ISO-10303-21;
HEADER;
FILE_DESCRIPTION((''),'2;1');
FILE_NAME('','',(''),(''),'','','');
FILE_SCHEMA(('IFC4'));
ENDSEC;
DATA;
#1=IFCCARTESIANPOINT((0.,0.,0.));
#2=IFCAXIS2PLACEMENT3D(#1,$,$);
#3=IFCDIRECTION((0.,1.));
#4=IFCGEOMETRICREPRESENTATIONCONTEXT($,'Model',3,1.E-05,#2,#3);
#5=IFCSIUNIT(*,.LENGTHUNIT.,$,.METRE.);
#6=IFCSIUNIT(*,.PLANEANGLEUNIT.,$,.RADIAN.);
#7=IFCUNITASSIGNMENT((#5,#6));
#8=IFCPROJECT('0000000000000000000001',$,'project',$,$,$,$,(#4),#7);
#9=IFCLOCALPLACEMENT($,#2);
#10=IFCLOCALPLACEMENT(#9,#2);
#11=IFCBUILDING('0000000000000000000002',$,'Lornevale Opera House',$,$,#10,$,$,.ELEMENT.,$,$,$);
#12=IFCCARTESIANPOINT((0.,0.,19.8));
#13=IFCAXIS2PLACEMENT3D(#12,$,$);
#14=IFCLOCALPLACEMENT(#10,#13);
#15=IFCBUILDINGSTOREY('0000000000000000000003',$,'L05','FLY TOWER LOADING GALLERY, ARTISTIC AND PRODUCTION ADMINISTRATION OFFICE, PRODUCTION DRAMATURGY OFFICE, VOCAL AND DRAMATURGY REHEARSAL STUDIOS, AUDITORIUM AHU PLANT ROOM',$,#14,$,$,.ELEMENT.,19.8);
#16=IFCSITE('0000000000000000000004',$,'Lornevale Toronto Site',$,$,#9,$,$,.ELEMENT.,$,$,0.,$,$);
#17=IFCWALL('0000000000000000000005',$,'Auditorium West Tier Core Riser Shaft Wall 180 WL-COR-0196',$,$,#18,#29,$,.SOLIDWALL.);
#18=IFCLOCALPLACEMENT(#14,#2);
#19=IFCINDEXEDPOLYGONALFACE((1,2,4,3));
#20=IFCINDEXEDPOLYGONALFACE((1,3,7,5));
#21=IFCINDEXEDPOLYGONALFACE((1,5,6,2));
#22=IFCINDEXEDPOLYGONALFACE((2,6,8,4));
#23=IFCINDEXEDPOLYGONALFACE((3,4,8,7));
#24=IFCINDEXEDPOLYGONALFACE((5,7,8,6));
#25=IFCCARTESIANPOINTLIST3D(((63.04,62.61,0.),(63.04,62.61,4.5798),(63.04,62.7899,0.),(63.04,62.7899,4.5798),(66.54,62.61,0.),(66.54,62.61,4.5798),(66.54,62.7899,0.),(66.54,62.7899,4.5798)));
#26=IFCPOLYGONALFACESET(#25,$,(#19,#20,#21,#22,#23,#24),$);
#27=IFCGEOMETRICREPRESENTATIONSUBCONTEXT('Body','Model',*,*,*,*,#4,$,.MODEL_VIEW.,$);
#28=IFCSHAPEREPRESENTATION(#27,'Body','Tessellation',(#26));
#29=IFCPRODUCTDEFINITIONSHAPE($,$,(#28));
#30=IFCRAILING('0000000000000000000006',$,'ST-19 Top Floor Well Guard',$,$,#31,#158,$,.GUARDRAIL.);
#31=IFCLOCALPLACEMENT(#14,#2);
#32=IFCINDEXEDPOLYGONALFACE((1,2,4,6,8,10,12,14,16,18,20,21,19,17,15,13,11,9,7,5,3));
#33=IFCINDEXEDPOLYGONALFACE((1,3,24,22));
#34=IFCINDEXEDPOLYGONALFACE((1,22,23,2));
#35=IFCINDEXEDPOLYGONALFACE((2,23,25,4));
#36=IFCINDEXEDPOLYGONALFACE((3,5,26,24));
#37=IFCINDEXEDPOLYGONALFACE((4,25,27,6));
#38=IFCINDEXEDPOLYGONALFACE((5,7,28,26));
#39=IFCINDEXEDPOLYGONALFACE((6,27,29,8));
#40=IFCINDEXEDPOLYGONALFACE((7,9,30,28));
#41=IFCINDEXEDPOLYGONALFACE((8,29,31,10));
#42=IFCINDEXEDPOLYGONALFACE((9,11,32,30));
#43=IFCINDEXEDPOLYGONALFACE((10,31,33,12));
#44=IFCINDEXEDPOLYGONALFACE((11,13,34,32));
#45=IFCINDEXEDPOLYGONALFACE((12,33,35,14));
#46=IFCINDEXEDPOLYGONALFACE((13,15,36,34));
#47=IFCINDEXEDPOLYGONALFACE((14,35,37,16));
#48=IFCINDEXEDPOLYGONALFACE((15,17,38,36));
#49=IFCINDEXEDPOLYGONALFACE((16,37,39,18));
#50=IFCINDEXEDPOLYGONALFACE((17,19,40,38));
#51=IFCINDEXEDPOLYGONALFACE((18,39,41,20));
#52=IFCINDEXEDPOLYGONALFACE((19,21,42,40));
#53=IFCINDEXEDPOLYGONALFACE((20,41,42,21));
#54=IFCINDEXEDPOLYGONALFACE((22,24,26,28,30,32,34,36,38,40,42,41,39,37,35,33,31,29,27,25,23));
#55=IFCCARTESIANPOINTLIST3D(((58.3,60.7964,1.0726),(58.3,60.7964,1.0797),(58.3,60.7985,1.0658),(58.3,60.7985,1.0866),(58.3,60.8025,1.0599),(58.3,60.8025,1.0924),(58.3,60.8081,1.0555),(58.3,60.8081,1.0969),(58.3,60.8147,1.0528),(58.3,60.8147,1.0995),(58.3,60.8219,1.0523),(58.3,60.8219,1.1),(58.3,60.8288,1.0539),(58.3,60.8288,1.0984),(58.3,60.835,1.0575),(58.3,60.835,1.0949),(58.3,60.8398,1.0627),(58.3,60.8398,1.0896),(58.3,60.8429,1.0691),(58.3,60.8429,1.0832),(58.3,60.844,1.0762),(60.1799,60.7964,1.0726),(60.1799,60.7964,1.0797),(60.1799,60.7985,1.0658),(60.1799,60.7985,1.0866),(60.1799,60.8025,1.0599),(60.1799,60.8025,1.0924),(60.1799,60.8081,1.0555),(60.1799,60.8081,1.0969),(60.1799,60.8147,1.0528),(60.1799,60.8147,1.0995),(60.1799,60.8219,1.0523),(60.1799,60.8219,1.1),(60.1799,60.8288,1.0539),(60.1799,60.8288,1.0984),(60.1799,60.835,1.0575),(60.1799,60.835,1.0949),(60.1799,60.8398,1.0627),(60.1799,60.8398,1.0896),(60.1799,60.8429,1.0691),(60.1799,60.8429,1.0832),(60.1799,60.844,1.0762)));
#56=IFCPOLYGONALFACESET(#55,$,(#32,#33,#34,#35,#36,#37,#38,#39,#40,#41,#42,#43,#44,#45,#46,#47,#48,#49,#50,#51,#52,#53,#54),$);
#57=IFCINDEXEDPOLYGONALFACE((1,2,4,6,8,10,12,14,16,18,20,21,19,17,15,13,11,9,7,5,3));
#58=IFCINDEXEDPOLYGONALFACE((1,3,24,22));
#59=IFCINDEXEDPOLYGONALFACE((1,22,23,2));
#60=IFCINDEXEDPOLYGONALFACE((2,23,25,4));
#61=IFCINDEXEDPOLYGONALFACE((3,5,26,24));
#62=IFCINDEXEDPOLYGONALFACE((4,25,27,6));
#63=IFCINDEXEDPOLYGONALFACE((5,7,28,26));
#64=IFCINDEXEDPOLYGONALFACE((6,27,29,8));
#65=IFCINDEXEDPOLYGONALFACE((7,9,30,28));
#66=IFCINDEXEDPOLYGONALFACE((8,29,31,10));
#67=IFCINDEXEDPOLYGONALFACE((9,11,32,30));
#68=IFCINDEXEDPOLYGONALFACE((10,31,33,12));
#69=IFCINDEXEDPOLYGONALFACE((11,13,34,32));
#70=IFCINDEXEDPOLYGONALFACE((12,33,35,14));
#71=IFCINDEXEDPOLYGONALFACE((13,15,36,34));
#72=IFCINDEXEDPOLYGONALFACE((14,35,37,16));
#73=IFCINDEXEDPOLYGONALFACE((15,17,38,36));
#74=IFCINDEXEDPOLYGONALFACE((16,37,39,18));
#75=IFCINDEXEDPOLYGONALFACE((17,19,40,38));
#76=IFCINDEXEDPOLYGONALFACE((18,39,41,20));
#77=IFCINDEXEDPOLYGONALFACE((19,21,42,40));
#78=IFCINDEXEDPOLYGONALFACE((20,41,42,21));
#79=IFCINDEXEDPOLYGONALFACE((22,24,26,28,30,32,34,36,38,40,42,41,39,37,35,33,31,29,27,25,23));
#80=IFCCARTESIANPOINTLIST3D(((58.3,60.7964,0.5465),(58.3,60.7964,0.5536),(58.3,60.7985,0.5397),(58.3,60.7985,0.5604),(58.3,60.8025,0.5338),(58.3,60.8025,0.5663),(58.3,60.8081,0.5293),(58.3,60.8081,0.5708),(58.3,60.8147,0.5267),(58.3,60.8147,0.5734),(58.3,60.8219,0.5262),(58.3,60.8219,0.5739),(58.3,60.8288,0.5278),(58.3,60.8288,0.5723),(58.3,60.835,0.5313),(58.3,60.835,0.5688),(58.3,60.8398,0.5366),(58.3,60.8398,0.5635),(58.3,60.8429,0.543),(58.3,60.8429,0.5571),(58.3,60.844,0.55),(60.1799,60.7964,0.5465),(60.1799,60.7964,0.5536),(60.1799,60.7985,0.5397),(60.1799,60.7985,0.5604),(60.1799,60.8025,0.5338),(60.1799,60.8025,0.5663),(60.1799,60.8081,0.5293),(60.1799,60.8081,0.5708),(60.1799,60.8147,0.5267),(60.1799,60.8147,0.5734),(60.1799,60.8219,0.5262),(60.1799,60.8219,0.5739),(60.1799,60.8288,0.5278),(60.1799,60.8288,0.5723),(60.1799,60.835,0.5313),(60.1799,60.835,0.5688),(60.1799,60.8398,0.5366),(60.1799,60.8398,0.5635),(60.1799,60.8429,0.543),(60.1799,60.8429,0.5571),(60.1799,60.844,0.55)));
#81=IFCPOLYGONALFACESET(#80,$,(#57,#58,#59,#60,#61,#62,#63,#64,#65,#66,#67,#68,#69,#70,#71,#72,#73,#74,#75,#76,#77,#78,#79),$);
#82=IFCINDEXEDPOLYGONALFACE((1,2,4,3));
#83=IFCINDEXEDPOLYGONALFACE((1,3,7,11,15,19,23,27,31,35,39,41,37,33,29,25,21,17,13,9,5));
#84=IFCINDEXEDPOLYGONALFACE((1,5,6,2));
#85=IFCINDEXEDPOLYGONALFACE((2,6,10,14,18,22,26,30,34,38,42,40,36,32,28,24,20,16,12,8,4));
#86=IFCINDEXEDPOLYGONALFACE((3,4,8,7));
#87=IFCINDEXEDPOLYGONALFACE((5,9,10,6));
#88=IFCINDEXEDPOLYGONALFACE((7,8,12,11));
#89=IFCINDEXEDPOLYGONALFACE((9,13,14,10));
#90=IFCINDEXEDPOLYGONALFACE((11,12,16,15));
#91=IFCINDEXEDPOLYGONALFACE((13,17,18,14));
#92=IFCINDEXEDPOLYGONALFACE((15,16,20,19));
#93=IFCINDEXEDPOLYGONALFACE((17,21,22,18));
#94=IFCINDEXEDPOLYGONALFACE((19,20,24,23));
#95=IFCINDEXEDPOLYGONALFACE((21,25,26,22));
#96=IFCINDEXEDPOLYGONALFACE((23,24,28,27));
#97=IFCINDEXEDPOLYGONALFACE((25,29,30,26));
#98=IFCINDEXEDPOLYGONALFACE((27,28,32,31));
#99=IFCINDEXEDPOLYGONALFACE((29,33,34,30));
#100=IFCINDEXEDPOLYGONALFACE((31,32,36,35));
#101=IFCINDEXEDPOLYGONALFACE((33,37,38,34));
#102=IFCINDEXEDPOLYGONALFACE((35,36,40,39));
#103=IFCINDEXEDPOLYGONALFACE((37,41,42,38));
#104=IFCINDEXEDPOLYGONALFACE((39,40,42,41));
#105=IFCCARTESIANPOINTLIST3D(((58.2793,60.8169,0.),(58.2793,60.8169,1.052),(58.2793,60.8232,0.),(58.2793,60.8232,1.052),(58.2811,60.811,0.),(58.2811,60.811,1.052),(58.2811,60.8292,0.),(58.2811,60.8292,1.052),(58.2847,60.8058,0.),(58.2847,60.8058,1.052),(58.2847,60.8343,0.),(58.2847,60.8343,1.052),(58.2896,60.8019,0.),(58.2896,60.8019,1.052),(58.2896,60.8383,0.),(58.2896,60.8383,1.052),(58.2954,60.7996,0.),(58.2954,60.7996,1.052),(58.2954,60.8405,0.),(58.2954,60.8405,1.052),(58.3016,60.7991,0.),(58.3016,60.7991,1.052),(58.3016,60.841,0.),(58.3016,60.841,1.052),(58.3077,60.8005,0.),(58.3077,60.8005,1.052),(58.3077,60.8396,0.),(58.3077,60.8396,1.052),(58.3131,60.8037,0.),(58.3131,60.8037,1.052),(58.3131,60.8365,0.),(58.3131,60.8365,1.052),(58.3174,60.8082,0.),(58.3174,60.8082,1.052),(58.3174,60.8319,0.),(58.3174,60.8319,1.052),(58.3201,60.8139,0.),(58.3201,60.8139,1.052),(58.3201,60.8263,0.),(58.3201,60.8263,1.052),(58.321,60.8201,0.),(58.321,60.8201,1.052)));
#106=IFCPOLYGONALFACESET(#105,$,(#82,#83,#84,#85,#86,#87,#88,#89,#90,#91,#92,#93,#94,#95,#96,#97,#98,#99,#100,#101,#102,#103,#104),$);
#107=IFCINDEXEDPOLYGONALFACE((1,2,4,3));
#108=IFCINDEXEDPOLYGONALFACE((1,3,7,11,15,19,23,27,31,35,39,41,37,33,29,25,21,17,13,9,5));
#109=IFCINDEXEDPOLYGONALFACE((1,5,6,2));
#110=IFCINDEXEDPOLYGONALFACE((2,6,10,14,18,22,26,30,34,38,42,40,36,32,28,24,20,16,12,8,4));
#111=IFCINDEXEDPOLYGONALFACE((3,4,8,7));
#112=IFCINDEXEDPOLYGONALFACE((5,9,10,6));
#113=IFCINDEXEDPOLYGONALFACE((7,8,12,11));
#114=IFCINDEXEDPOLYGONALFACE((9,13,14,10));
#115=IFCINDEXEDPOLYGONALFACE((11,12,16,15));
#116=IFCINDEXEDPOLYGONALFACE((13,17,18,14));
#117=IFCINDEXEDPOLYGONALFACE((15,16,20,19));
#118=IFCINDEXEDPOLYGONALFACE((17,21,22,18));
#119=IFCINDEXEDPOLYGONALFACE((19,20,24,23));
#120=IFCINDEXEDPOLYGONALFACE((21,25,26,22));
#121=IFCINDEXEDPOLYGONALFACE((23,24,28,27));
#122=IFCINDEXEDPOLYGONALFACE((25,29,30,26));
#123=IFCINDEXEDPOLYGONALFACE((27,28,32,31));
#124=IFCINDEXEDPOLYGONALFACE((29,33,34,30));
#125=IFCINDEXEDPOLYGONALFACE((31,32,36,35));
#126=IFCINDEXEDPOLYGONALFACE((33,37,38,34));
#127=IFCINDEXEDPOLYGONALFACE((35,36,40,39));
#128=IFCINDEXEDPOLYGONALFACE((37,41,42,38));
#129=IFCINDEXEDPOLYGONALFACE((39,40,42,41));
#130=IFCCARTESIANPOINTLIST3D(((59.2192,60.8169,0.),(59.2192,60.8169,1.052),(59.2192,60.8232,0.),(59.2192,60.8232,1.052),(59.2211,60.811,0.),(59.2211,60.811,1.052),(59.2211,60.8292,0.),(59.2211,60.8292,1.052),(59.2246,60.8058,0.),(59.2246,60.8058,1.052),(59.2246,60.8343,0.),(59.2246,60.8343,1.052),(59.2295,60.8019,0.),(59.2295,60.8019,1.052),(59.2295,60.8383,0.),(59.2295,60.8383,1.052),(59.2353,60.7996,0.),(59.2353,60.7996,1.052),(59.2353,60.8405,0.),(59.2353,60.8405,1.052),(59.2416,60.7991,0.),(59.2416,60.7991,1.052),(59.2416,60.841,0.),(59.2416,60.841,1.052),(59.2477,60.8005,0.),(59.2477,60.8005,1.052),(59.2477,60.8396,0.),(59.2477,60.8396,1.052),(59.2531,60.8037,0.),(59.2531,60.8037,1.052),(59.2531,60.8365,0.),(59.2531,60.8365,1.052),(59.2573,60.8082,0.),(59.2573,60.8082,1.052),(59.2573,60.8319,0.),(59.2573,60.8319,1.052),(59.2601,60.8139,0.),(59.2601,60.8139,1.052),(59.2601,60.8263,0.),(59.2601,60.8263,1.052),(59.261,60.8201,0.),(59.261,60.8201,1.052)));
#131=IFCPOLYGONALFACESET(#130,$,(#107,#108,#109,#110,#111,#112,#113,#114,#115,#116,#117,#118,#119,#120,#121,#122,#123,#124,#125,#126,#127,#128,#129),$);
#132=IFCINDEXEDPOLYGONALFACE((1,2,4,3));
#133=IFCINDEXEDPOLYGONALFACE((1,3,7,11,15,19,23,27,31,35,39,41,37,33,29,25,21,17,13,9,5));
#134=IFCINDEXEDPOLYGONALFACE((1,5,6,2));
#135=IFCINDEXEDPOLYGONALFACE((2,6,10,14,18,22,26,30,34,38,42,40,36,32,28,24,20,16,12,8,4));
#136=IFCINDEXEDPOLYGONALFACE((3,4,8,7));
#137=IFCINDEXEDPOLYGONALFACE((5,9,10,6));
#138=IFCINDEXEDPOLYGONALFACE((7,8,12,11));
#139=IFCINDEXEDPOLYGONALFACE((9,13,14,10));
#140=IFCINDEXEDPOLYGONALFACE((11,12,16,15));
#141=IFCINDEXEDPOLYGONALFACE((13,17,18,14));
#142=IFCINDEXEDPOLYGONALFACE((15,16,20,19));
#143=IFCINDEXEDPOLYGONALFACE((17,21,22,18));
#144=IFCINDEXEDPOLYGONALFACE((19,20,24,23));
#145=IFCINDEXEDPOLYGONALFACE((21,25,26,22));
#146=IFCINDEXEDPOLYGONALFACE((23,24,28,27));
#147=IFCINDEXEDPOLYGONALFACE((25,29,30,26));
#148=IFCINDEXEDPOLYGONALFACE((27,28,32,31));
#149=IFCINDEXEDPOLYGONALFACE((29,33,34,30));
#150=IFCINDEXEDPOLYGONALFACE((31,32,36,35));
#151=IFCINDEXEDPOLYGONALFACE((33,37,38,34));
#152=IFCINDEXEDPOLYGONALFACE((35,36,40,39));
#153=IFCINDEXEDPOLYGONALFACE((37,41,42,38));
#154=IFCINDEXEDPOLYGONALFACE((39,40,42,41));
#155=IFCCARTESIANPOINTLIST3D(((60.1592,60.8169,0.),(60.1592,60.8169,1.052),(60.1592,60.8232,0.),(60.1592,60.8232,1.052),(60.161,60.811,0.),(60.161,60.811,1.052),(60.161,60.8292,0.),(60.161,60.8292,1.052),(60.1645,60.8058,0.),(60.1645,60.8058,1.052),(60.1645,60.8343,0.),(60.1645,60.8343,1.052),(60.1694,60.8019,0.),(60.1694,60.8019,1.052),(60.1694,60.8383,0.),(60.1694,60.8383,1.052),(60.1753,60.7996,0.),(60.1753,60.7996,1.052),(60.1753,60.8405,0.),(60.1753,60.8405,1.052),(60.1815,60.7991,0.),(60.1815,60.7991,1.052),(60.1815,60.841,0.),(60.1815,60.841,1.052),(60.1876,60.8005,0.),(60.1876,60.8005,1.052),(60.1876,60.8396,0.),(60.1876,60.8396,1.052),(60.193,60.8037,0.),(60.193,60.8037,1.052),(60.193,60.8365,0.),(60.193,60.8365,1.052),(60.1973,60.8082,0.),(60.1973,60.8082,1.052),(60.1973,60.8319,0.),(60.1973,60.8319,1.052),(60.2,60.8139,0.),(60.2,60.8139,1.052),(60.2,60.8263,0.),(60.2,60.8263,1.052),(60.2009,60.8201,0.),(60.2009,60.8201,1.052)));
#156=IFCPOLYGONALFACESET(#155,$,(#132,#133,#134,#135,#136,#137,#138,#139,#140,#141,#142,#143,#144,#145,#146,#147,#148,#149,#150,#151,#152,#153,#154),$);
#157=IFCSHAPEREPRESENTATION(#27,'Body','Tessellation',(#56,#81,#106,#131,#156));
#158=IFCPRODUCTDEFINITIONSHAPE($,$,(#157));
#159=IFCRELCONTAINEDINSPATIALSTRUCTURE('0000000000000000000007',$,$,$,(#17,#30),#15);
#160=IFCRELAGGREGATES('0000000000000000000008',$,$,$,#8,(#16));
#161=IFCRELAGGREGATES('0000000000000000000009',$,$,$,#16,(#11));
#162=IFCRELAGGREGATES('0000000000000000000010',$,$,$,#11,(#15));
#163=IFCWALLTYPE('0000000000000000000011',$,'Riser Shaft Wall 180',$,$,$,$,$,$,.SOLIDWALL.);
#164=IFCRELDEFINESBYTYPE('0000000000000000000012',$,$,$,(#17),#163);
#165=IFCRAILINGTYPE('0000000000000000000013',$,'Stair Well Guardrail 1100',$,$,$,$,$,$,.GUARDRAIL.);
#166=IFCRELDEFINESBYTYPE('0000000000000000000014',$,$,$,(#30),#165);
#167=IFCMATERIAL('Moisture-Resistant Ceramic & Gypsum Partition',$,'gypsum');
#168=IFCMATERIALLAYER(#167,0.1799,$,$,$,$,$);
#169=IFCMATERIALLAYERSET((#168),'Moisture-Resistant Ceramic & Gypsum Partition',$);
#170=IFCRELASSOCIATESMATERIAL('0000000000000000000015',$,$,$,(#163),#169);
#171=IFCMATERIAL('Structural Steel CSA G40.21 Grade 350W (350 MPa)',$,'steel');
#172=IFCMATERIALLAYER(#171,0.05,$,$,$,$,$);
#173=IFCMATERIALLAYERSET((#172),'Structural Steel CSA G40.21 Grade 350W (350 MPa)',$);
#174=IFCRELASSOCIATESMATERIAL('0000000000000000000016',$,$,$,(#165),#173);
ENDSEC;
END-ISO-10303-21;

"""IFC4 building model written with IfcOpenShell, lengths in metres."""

from ifc_helpers import new_model, si_unit, direction, frame, frame_2d, origin, origin_2d, place, context, subcontext, project, spatial, rectangle, circle, extrude, material, layer, layer_set, type_object, element, save


model = new_model("IFC4")

# Units and contexts
model_context = context("Model", 3, precision=1e-05, world=origin(), true_north=direction((0.0, 1.0)))
body_context = subcontext(model_context, "Body", "Model", "MODEL_VIEW")
ifc_project = project(units=[si_unit("LENGTHUNIT", "METRE"), si_unit("PLANEANGLEUNIT", "RADIAN")], contexts=[model_context])

# Site, building, storey
site_placement = place(None, origin())
site = spatial("IfcSite", under=ifc_project, at=site_placement, Name="Lornevale Toronto Site", CompositionType="ELEMENT", RefElevation=0.0)
building_placement = place(site_placement, origin())
building = spatial("IfcBuilding", under=site, at=building_placement, Name="Lornevale Opera House", CompositionType="ELEMENT")
storey_placement = place(building_placement, frame((0.0, 0.0, 19.8)))
storey = spatial("IfcBuildingStorey", under=building, at=storey_placement, Name="L05", Description="FLY TOWER LOADING GALLERY, ARTISTIC AND PRODUCTION ADMINISTRATION OFFICE, PRODUCTION DRAMATURGY OFFICE, VOCAL AND DRAMATURGY REHEARSAL STUDIOS, AUDITORIUM AHU PLANT ROOM", CompositionType="ELEMENT", Elevation=19.8)

# Shared definitions
ifc_material_1 = material(Name="Structural Steel CSA G40.21 Grade 350W (350 MPa)", Category="steel")

# Wall
ifc_material_2 = material(Name="Moisture-Resistant Ceramic & Gypsum Partition", Category="gypsum")
ifc_layer_1 = layer(ifc_material_2, 0.1799)
ifc_layer_set_1 = layer_set([ifc_layer_1], Name="Moisture-Resistant Ceramic & Gypsum Partition")
wall_type_1 = type_object("IfcWallType", Name="Riser Shaft Wall 180", PredefinedType="SOLIDWALL", material=ifc_layer_set_1)
wall_1_placement = place(storey_placement, frame((63.04, 62.7, 0.0), z_axis=(0.0, 0.0, 1.0), x_axis=(1.0, 0.0, 0.0)))
element("IfcWall", 1, at=wall_1_placement, inside=storey, type_object=wall_type_1, Name="Auditorium West Tier Core Riser Shaft Wall 180 WL-COR-0196", PredefinedType="SOLIDWALL", context=body_context, shape_type="SweptSolid", body=[
    extrude(rectangle(XDim=3.5, YDim=0.1799, at=frame_2d((1.75, 0.0))), origin(), (0.0, 0.0, 1.0), 4.5798),
])

# Railing
ifc_layer_2 = layer(ifc_material_1, 0.05)
ifc_layer_set_2 = layer_set([ifc_layer_2], Name="Structural Steel CSA G40.21 Grade 350W (350 MPa)")
railing_type = type_object("IfcRailingType", Name="Stair Well Guardrail 1100", PredefinedType="GUARDRAIL", material=ifc_layer_set_2)
railing_placement = place(storey_placement, frame((58.3, 60.8201, 0.0)))
element("IfcRailing", 2, at=railing_placement, inside=storey, type_object=railing_type, Name="ST-19 Top Floor Well Guard", PredefinedType="GUARDRAIL", context=body_context, shape_type="SweptSolid", body=[
    extrude(circle(Radius=0.0239, at=origin_2d()), frame((0.0, 0.0, 1.0762), z_axis=(1.0, 0.0, 0.0), x_axis=(0.0, 1.0, 0.0)), (0.0, 0.0, 1.0), 1.8799),
    extrude(circle(Radius=0.0239, at=origin_2d()), frame((0.0, 0.0, 0.55), z_axis=(1.0, 0.0, 0.0), x_axis=(0.0, 1.0, 0.0)), (0.0, 0.0, 1.0), 1.8799),
    extrude(circle(Radius=0.021, at=origin_2d()), origin(), (0.0, 0.0, 1.0), 1.052),
    extrude(circle(Radius=0.021, at=origin_2d()), frame((0.9399, 0.0, 0.0)), (0.0, 0.0, 1.0), 1.052),
    extrude(circle(Radius=0.021, at=origin_2d()), frame((1.8799, 0.0, 0.0)), (0.0, 0.0, 1.0), 1.052),
])

save(model, "model.ifc")
